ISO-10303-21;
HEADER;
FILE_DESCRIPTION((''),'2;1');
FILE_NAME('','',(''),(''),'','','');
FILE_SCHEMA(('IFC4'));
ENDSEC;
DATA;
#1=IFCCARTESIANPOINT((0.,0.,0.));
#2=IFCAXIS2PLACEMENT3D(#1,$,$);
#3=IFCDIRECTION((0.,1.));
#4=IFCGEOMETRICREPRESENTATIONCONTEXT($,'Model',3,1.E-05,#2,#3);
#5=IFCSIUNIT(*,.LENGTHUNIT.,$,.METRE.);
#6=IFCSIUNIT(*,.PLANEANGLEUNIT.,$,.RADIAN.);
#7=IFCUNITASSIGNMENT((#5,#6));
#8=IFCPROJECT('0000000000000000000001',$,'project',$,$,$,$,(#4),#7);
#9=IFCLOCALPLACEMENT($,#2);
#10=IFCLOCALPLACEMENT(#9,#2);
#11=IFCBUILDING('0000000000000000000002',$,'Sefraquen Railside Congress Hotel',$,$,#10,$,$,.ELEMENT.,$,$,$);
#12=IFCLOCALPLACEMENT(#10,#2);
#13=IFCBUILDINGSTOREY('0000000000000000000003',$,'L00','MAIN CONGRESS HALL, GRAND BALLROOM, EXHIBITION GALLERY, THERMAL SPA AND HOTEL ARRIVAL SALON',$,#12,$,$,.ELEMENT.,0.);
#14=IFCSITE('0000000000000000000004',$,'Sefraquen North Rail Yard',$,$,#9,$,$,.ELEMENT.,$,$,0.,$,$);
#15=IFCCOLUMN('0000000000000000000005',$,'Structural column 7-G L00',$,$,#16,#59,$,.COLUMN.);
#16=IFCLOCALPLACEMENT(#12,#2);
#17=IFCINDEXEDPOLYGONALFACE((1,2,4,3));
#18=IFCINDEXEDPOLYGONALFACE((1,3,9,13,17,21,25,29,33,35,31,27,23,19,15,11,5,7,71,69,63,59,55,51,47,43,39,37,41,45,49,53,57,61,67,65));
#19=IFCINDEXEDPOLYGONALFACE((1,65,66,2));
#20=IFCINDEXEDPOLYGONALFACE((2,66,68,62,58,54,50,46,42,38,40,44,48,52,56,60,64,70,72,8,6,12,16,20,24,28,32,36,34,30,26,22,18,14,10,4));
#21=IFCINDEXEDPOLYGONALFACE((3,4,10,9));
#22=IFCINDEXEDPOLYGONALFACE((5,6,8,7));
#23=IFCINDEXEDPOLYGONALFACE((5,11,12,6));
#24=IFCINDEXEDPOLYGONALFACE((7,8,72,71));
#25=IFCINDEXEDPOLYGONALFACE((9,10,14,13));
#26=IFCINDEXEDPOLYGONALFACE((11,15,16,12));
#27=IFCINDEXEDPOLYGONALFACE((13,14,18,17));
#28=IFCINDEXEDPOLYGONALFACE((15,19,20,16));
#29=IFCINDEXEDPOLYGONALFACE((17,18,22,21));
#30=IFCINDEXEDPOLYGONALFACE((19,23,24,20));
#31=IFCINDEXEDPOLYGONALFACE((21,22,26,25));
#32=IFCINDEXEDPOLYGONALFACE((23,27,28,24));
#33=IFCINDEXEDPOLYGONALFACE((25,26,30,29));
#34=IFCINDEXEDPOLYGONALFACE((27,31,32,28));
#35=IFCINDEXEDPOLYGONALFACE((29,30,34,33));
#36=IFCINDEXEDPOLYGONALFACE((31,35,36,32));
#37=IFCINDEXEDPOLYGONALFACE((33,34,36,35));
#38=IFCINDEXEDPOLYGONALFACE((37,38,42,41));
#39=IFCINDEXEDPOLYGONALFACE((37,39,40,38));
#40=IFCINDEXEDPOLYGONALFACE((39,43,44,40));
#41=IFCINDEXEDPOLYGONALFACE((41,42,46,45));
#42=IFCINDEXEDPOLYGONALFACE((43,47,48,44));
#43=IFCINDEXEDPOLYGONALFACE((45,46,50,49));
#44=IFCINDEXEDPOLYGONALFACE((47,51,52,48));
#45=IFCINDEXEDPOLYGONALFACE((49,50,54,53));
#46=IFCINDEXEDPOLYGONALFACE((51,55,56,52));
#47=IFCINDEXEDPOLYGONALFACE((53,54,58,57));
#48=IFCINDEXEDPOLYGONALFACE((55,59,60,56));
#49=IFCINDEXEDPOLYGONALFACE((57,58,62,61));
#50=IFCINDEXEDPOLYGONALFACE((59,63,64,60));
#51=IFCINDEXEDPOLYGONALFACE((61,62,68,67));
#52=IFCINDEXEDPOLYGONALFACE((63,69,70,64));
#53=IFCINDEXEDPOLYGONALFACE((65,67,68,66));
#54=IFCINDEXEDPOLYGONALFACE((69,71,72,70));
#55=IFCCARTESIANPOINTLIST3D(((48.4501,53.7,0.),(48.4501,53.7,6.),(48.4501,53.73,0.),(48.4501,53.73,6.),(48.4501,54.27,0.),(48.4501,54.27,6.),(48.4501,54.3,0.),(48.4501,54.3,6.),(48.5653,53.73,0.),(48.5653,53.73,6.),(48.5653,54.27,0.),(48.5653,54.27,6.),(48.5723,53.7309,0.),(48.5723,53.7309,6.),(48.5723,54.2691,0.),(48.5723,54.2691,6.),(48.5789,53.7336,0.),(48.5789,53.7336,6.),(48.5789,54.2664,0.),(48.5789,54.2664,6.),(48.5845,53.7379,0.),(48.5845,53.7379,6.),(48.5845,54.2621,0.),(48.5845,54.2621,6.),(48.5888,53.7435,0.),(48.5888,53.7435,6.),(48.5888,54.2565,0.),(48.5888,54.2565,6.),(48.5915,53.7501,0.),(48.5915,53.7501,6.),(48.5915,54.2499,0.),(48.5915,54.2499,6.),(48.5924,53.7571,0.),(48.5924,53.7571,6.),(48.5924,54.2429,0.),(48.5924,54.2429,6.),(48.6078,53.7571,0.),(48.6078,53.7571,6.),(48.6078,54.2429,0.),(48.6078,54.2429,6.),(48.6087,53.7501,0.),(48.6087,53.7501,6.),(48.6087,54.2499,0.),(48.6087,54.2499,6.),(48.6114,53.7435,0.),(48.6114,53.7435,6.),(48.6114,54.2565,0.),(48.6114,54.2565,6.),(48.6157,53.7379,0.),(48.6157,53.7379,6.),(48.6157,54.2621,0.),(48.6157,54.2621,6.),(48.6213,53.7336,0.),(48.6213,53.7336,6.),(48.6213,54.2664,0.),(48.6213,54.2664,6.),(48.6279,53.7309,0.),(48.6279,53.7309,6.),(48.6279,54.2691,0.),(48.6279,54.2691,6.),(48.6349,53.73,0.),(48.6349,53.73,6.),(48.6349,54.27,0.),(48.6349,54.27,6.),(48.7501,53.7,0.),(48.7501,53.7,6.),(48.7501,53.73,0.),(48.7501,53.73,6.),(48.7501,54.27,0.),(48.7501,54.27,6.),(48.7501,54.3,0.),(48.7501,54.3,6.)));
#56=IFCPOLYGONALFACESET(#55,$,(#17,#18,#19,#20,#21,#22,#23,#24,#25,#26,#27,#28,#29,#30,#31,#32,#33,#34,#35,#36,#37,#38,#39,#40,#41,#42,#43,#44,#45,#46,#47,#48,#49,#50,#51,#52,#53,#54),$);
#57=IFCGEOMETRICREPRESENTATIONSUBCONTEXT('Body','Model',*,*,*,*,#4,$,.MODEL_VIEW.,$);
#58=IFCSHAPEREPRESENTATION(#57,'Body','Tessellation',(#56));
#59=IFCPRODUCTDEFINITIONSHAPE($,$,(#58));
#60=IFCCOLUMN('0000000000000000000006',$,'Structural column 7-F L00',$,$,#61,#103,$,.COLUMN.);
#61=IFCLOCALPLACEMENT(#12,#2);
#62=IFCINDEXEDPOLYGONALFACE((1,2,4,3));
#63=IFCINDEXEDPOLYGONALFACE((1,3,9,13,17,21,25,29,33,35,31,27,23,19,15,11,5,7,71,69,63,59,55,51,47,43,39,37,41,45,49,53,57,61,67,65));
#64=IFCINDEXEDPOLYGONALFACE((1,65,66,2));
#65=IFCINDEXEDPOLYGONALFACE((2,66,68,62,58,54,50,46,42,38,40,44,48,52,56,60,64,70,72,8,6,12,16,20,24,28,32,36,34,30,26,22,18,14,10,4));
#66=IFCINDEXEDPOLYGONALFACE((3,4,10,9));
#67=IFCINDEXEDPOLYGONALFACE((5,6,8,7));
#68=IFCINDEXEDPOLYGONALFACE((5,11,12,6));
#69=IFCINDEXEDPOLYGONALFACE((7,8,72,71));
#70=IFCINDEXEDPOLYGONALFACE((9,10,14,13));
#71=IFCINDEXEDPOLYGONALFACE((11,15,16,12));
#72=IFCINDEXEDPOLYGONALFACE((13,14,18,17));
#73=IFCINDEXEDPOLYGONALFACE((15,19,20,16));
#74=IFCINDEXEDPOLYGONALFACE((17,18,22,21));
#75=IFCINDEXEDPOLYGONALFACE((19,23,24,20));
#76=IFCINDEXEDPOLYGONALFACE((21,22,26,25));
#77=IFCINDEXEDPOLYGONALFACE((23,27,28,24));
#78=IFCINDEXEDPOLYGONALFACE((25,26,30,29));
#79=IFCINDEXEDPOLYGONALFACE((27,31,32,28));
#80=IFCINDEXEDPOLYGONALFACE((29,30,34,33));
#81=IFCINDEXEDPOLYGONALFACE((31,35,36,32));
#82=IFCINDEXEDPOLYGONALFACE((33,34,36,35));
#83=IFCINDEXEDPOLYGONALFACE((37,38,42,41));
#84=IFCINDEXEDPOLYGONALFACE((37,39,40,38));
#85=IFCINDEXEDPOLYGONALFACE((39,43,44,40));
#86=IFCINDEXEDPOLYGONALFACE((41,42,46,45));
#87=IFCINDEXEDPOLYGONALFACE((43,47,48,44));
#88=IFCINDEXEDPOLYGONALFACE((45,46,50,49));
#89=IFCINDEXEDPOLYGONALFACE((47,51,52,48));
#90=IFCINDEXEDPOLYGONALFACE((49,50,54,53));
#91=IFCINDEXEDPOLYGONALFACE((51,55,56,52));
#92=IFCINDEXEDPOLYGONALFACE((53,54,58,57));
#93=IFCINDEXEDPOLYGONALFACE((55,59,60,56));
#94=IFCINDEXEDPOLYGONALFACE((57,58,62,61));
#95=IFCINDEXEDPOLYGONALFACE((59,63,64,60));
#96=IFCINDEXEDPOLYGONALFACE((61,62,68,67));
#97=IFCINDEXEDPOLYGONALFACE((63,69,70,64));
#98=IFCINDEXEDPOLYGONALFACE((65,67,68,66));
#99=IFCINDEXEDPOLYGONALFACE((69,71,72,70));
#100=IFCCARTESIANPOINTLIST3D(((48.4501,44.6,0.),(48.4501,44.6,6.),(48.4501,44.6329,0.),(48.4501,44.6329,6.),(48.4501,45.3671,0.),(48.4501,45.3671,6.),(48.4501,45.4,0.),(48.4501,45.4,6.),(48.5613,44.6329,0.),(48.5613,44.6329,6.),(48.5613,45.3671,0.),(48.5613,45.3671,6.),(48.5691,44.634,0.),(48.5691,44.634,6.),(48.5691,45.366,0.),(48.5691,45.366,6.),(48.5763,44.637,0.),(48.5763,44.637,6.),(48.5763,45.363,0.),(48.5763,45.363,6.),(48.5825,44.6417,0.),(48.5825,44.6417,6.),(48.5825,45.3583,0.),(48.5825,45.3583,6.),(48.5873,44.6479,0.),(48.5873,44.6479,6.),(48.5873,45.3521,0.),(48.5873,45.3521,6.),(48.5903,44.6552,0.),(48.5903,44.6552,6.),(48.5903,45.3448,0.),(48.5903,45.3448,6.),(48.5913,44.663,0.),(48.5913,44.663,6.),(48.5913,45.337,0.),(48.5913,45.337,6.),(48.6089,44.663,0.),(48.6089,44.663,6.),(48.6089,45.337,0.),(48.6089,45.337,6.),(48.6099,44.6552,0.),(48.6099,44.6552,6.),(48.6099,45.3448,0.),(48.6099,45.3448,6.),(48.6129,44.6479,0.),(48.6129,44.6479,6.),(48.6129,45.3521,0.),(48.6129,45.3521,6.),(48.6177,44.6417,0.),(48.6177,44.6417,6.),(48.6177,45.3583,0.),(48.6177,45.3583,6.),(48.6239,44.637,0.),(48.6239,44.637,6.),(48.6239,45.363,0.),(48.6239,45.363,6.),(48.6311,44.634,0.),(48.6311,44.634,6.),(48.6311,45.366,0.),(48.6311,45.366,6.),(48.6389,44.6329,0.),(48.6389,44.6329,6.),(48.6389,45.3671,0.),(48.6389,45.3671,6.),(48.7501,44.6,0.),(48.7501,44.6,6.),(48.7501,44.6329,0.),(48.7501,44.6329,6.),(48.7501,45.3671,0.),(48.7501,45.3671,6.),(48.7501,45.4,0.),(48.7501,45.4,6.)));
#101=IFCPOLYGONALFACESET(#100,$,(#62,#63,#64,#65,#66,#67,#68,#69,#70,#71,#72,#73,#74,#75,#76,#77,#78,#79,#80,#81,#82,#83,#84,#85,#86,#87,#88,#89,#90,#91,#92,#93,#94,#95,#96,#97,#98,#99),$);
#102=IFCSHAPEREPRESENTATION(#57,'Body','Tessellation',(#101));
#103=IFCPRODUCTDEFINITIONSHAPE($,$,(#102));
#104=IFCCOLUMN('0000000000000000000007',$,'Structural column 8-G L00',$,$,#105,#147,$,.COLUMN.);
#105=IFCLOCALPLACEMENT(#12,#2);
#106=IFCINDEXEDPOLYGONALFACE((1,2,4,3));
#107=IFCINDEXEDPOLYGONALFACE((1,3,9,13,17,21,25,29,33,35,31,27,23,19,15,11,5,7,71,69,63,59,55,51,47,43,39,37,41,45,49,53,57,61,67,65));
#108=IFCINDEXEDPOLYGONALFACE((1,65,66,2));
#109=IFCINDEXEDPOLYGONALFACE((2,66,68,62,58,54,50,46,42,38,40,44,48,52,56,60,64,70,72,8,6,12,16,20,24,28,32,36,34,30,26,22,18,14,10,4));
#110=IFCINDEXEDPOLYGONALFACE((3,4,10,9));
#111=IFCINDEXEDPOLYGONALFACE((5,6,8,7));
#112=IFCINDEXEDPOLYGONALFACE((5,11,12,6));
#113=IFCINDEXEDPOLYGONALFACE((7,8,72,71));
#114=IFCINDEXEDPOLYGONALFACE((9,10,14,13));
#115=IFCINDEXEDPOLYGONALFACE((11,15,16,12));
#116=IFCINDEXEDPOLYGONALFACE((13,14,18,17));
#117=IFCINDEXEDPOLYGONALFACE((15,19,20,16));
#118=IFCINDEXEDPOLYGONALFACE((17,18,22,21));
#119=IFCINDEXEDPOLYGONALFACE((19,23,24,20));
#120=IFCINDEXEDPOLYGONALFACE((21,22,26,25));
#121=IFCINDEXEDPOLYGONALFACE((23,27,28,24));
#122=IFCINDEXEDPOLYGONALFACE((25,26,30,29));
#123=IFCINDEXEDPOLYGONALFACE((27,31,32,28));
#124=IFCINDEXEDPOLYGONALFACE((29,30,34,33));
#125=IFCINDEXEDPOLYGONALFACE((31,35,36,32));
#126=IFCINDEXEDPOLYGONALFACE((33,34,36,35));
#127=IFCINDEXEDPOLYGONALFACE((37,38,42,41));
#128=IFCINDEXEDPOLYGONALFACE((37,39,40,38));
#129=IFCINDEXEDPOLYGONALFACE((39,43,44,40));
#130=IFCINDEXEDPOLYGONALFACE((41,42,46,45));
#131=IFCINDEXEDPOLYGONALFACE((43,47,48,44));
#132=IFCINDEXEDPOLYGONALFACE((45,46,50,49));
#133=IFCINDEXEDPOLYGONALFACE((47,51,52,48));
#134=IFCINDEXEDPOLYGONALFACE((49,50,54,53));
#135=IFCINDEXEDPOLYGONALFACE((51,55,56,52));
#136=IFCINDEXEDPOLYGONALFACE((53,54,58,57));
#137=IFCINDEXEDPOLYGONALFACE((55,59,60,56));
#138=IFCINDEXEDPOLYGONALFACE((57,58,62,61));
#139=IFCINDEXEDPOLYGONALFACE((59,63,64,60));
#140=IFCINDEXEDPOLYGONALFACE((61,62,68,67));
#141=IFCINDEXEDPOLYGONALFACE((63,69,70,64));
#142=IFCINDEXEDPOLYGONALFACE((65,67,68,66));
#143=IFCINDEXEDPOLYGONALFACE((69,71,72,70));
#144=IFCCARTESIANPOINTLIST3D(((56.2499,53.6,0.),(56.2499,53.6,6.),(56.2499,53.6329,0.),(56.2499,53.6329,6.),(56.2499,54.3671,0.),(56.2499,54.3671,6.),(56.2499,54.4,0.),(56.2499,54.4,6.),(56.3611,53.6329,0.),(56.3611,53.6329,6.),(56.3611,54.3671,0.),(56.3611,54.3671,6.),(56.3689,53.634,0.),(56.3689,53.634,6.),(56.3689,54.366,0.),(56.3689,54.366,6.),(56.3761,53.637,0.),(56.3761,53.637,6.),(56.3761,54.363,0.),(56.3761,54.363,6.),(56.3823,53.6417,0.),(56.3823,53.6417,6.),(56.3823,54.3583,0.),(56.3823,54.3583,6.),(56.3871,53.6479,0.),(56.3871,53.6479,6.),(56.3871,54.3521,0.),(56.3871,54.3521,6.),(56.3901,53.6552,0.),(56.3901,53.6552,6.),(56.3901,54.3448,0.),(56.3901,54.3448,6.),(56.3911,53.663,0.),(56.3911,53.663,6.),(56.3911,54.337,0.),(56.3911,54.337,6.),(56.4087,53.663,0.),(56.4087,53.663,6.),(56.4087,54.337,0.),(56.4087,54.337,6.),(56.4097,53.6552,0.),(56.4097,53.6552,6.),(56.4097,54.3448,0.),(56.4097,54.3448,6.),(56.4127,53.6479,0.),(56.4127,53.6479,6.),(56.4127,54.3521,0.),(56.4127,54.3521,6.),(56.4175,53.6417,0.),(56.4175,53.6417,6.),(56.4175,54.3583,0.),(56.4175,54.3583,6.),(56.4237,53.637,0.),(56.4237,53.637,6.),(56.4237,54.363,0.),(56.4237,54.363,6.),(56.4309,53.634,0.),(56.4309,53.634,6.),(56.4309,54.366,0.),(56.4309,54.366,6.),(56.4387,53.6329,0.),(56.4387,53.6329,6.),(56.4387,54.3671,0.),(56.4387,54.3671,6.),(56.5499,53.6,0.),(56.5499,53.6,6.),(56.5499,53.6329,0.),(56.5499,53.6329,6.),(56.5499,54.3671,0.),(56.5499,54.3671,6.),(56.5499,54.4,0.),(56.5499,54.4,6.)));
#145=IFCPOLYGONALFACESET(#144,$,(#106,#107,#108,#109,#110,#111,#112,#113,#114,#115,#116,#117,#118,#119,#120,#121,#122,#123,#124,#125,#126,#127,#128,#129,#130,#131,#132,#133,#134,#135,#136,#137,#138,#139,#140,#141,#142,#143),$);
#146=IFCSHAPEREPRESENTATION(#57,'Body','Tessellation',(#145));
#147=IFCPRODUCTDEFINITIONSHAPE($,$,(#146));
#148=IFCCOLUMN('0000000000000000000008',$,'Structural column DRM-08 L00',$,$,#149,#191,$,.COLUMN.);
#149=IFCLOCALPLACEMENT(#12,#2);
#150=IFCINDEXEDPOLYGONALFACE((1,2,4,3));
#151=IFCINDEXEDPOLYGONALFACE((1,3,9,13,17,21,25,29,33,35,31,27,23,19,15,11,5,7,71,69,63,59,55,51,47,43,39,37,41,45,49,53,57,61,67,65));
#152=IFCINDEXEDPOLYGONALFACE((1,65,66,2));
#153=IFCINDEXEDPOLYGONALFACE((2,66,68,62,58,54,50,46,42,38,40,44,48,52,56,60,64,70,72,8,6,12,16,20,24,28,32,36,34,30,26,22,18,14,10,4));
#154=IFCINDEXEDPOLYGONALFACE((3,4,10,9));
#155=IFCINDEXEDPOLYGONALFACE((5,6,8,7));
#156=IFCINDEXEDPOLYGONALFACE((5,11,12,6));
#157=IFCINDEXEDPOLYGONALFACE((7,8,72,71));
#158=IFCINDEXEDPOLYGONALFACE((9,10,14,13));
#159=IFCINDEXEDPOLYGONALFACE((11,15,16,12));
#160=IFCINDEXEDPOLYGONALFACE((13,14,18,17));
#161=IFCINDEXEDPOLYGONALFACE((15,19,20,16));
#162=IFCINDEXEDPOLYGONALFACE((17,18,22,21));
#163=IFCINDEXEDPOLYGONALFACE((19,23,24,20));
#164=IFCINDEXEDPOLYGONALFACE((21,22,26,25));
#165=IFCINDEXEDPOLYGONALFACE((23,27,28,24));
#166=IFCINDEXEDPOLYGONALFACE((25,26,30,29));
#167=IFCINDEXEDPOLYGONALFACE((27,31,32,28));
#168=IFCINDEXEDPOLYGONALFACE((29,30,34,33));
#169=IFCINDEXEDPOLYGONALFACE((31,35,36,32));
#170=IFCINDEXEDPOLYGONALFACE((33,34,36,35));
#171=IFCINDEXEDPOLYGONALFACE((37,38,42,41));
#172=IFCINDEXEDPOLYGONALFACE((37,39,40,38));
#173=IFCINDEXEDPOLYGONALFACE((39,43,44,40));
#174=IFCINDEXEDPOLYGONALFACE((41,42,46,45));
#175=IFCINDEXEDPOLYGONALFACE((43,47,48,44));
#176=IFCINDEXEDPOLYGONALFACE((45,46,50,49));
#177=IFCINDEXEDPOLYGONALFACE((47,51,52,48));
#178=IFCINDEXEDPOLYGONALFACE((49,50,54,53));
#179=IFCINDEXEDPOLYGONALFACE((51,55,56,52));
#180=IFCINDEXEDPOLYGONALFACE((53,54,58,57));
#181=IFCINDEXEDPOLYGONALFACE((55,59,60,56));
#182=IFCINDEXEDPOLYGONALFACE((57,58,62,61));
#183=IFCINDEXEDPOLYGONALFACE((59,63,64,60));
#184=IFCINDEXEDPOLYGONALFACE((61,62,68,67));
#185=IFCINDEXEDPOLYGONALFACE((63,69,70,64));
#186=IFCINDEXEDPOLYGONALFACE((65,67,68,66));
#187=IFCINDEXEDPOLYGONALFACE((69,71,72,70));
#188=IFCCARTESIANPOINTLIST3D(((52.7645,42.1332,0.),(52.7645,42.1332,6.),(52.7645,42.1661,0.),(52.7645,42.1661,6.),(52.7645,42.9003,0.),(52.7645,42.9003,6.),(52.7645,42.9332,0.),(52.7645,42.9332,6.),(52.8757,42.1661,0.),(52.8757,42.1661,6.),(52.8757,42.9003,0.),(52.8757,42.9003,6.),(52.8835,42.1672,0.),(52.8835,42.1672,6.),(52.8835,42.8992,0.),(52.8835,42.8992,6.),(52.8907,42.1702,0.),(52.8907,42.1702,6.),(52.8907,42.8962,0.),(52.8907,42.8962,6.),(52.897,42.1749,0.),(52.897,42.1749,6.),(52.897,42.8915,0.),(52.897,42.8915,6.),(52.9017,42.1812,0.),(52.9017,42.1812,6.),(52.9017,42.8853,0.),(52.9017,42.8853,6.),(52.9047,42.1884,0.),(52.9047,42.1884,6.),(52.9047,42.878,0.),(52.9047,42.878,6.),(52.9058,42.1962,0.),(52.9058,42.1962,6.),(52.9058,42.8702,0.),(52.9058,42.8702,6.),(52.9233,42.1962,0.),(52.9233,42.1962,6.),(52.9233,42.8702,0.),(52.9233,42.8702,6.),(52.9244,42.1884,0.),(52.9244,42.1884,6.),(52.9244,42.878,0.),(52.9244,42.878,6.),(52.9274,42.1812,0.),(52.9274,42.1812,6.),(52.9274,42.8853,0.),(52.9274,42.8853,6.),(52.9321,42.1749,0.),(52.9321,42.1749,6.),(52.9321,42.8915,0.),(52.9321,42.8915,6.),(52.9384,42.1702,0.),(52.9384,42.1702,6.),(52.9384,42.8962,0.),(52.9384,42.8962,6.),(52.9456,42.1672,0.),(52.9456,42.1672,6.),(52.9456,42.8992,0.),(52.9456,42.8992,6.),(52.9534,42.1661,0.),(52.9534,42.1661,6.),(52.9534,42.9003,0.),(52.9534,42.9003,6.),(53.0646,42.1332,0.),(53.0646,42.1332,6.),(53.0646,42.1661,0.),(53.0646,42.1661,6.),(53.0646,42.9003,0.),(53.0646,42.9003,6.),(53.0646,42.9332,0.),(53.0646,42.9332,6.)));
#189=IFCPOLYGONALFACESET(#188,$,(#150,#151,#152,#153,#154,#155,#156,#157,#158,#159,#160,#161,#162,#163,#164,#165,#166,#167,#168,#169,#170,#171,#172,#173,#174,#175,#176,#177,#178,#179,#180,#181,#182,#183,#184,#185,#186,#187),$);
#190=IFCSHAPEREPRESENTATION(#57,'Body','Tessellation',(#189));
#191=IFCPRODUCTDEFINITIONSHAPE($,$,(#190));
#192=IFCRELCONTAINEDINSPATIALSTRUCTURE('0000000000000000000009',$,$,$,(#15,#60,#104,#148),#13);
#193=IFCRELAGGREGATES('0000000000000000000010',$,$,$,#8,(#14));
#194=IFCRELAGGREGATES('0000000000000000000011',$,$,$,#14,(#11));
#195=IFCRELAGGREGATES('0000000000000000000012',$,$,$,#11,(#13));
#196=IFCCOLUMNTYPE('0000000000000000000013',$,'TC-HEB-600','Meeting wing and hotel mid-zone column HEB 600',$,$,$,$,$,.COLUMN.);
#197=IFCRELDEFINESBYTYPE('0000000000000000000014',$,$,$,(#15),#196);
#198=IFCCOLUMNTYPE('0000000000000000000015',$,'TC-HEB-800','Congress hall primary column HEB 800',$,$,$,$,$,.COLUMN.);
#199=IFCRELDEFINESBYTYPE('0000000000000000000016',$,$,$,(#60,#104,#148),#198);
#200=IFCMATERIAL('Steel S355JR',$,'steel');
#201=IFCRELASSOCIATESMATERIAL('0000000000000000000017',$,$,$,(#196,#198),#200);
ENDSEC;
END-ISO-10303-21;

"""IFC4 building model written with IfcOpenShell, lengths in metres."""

from ifc_helpers import new_model, si_unit, direction, frame, origin, origin_2d, place, context, subcontext, project, spatial, i_section, extrude, material, material_profile, profile_set, type_object, element, save


model = new_model("IFC4")

# Units and contexts
model_context = context("Model", 3, precision=1e-05, world=origin(), true_north=direction((0.0, 1.0)))
body_context = subcontext(model_context, "Body", "Model", "MODEL_VIEW")
ifc_project = project(units=[si_unit("LENGTHUNIT", "METRE"), si_unit("PLANEANGLEUNIT", "RADIAN")], contexts=[model_context])

# Site, building, storey
site_placement = place(None, origin())
site = spatial("IfcSite", under=ifc_project, at=site_placement, Name="Sefraquen North Rail Yard", CompositionType="ELEMENT", RefElevation=0.0)
building_placement = place(site_placement, origin())
building = spatial("IfcBuilding", under=site, at=building_placement, Name="Sefraquen Railside Congress Hotel", CompositionType="ELEMENT")
storey_placement = place(building_placement, origin())
storey = spatial("IfcBuildingStorey", under=building, at=storey_placement, Name="L00", Description="MAIN CONGRESS HALL, GRAND BALLROOM, EXHIBITION GALLERY, THERMAL SPA AND HOTEL ARRIVAL SALON", CompositionType="ELEMENT", Elevation=0.0)

# Columns
ifc_material_1 = material(Name="Steel S355JR", Category="steel")
ifc_material_profile_1 = material_profile(ifc_material_1, i_section(OverallWidth=0.3, OverallDepth=0.6001, WebThickness=0.0154, FlangeThickness=0.03, FilletRadius=0.0271, at=origin_2d()), Name="HEB 600")
ifc_profile_set_1 = profile_set([ifc_material_profile_1], Name="Steel S355JR")
column_type_1 = type_object("IfcColumnType", Name="TC-HEB-600", Description="Meeting wing and hotel mid-zone column HEB 600", PredefinedType="COLUMN", material=ifc_profile_set_1)
column_placement = place(storey_placement, frame((48.6001, 54.0, 0.0), z_axis=(0.0, 0.0, 1.0), x_axis=(1.0, 0.0, 0.0)))
element("IfcColumn", 1, at=column_placement, inside=storey, type_object=column_type_1, Name="Structural column 7-G L00", PredefinedType="COLUMN", context=body_context, shape_type="SweptSolid", body=[
    extrude(i_section(OverallWidth=0.3, OverallDepth=0.6001, WebThickness=0.0154, FlangeThickness=0.03, FilletRadius=0.0271, at=origin_2d()), origin(), (0.0, 0.0, 1.0), 6.0),
])
ifc_material_profile_2 = material_profile(ifc_material_1, i_section(OverallWidth=0.3, OverallDepth=0.8, WebThickness=0.0176, FlangeThickness=0.033, FilletRadius=0.03, at=origin_2d()), Name="HEB 800")
ifc_profile_set_2 = profile_set([ifc_material_profile_2], Name="Steel S355JR")
column_type_2 = type_object("IfcColumnType", Name="TC-HEB-800", Description="Congress hall primary column HEB 800", PredefinedType="COLUMN", material=ifc_profile_set_2)
for number, where, z_axis, x_axis, name in (
    (2, (48.6001, 45.0, 0.0), (0.0, 0.0, 1.0), (1.0, 0.0, 0.0), "Structural column 7-F L00"),
    (3, (56.3999, 54.0, 0.0), (0.0, 0.0, 1.0), (1.0, 0.0, 0.0), "Structural column 8-G L00"),
    (4, (52.9146, 42.5332, 0.0), (0.0, 0.0, 1.0), (1.0, 0.0, 0.0), "Structural column DRM-08 L00"),
):
    element("IfcColumn", number, at=place(storey_placement, frame(where, z_axis=z_axis, x_axis=x_axis)), inside=storey, type_object=column_type_2, Name=name, PredefinedType="COLUMN", context=body_context, shape_type="SweptSolid", body=[
        extrude(i_section(OverallWidth=0.3, OverallDepth=0.8, WebThickness=0.0176, FlangeThickness=0.033, FilletRadius=0.03, at=origin_2d()), origin(), (0.0, 0.0, 1.0), 6.0),
    ])

save(model, "model.ifc")
